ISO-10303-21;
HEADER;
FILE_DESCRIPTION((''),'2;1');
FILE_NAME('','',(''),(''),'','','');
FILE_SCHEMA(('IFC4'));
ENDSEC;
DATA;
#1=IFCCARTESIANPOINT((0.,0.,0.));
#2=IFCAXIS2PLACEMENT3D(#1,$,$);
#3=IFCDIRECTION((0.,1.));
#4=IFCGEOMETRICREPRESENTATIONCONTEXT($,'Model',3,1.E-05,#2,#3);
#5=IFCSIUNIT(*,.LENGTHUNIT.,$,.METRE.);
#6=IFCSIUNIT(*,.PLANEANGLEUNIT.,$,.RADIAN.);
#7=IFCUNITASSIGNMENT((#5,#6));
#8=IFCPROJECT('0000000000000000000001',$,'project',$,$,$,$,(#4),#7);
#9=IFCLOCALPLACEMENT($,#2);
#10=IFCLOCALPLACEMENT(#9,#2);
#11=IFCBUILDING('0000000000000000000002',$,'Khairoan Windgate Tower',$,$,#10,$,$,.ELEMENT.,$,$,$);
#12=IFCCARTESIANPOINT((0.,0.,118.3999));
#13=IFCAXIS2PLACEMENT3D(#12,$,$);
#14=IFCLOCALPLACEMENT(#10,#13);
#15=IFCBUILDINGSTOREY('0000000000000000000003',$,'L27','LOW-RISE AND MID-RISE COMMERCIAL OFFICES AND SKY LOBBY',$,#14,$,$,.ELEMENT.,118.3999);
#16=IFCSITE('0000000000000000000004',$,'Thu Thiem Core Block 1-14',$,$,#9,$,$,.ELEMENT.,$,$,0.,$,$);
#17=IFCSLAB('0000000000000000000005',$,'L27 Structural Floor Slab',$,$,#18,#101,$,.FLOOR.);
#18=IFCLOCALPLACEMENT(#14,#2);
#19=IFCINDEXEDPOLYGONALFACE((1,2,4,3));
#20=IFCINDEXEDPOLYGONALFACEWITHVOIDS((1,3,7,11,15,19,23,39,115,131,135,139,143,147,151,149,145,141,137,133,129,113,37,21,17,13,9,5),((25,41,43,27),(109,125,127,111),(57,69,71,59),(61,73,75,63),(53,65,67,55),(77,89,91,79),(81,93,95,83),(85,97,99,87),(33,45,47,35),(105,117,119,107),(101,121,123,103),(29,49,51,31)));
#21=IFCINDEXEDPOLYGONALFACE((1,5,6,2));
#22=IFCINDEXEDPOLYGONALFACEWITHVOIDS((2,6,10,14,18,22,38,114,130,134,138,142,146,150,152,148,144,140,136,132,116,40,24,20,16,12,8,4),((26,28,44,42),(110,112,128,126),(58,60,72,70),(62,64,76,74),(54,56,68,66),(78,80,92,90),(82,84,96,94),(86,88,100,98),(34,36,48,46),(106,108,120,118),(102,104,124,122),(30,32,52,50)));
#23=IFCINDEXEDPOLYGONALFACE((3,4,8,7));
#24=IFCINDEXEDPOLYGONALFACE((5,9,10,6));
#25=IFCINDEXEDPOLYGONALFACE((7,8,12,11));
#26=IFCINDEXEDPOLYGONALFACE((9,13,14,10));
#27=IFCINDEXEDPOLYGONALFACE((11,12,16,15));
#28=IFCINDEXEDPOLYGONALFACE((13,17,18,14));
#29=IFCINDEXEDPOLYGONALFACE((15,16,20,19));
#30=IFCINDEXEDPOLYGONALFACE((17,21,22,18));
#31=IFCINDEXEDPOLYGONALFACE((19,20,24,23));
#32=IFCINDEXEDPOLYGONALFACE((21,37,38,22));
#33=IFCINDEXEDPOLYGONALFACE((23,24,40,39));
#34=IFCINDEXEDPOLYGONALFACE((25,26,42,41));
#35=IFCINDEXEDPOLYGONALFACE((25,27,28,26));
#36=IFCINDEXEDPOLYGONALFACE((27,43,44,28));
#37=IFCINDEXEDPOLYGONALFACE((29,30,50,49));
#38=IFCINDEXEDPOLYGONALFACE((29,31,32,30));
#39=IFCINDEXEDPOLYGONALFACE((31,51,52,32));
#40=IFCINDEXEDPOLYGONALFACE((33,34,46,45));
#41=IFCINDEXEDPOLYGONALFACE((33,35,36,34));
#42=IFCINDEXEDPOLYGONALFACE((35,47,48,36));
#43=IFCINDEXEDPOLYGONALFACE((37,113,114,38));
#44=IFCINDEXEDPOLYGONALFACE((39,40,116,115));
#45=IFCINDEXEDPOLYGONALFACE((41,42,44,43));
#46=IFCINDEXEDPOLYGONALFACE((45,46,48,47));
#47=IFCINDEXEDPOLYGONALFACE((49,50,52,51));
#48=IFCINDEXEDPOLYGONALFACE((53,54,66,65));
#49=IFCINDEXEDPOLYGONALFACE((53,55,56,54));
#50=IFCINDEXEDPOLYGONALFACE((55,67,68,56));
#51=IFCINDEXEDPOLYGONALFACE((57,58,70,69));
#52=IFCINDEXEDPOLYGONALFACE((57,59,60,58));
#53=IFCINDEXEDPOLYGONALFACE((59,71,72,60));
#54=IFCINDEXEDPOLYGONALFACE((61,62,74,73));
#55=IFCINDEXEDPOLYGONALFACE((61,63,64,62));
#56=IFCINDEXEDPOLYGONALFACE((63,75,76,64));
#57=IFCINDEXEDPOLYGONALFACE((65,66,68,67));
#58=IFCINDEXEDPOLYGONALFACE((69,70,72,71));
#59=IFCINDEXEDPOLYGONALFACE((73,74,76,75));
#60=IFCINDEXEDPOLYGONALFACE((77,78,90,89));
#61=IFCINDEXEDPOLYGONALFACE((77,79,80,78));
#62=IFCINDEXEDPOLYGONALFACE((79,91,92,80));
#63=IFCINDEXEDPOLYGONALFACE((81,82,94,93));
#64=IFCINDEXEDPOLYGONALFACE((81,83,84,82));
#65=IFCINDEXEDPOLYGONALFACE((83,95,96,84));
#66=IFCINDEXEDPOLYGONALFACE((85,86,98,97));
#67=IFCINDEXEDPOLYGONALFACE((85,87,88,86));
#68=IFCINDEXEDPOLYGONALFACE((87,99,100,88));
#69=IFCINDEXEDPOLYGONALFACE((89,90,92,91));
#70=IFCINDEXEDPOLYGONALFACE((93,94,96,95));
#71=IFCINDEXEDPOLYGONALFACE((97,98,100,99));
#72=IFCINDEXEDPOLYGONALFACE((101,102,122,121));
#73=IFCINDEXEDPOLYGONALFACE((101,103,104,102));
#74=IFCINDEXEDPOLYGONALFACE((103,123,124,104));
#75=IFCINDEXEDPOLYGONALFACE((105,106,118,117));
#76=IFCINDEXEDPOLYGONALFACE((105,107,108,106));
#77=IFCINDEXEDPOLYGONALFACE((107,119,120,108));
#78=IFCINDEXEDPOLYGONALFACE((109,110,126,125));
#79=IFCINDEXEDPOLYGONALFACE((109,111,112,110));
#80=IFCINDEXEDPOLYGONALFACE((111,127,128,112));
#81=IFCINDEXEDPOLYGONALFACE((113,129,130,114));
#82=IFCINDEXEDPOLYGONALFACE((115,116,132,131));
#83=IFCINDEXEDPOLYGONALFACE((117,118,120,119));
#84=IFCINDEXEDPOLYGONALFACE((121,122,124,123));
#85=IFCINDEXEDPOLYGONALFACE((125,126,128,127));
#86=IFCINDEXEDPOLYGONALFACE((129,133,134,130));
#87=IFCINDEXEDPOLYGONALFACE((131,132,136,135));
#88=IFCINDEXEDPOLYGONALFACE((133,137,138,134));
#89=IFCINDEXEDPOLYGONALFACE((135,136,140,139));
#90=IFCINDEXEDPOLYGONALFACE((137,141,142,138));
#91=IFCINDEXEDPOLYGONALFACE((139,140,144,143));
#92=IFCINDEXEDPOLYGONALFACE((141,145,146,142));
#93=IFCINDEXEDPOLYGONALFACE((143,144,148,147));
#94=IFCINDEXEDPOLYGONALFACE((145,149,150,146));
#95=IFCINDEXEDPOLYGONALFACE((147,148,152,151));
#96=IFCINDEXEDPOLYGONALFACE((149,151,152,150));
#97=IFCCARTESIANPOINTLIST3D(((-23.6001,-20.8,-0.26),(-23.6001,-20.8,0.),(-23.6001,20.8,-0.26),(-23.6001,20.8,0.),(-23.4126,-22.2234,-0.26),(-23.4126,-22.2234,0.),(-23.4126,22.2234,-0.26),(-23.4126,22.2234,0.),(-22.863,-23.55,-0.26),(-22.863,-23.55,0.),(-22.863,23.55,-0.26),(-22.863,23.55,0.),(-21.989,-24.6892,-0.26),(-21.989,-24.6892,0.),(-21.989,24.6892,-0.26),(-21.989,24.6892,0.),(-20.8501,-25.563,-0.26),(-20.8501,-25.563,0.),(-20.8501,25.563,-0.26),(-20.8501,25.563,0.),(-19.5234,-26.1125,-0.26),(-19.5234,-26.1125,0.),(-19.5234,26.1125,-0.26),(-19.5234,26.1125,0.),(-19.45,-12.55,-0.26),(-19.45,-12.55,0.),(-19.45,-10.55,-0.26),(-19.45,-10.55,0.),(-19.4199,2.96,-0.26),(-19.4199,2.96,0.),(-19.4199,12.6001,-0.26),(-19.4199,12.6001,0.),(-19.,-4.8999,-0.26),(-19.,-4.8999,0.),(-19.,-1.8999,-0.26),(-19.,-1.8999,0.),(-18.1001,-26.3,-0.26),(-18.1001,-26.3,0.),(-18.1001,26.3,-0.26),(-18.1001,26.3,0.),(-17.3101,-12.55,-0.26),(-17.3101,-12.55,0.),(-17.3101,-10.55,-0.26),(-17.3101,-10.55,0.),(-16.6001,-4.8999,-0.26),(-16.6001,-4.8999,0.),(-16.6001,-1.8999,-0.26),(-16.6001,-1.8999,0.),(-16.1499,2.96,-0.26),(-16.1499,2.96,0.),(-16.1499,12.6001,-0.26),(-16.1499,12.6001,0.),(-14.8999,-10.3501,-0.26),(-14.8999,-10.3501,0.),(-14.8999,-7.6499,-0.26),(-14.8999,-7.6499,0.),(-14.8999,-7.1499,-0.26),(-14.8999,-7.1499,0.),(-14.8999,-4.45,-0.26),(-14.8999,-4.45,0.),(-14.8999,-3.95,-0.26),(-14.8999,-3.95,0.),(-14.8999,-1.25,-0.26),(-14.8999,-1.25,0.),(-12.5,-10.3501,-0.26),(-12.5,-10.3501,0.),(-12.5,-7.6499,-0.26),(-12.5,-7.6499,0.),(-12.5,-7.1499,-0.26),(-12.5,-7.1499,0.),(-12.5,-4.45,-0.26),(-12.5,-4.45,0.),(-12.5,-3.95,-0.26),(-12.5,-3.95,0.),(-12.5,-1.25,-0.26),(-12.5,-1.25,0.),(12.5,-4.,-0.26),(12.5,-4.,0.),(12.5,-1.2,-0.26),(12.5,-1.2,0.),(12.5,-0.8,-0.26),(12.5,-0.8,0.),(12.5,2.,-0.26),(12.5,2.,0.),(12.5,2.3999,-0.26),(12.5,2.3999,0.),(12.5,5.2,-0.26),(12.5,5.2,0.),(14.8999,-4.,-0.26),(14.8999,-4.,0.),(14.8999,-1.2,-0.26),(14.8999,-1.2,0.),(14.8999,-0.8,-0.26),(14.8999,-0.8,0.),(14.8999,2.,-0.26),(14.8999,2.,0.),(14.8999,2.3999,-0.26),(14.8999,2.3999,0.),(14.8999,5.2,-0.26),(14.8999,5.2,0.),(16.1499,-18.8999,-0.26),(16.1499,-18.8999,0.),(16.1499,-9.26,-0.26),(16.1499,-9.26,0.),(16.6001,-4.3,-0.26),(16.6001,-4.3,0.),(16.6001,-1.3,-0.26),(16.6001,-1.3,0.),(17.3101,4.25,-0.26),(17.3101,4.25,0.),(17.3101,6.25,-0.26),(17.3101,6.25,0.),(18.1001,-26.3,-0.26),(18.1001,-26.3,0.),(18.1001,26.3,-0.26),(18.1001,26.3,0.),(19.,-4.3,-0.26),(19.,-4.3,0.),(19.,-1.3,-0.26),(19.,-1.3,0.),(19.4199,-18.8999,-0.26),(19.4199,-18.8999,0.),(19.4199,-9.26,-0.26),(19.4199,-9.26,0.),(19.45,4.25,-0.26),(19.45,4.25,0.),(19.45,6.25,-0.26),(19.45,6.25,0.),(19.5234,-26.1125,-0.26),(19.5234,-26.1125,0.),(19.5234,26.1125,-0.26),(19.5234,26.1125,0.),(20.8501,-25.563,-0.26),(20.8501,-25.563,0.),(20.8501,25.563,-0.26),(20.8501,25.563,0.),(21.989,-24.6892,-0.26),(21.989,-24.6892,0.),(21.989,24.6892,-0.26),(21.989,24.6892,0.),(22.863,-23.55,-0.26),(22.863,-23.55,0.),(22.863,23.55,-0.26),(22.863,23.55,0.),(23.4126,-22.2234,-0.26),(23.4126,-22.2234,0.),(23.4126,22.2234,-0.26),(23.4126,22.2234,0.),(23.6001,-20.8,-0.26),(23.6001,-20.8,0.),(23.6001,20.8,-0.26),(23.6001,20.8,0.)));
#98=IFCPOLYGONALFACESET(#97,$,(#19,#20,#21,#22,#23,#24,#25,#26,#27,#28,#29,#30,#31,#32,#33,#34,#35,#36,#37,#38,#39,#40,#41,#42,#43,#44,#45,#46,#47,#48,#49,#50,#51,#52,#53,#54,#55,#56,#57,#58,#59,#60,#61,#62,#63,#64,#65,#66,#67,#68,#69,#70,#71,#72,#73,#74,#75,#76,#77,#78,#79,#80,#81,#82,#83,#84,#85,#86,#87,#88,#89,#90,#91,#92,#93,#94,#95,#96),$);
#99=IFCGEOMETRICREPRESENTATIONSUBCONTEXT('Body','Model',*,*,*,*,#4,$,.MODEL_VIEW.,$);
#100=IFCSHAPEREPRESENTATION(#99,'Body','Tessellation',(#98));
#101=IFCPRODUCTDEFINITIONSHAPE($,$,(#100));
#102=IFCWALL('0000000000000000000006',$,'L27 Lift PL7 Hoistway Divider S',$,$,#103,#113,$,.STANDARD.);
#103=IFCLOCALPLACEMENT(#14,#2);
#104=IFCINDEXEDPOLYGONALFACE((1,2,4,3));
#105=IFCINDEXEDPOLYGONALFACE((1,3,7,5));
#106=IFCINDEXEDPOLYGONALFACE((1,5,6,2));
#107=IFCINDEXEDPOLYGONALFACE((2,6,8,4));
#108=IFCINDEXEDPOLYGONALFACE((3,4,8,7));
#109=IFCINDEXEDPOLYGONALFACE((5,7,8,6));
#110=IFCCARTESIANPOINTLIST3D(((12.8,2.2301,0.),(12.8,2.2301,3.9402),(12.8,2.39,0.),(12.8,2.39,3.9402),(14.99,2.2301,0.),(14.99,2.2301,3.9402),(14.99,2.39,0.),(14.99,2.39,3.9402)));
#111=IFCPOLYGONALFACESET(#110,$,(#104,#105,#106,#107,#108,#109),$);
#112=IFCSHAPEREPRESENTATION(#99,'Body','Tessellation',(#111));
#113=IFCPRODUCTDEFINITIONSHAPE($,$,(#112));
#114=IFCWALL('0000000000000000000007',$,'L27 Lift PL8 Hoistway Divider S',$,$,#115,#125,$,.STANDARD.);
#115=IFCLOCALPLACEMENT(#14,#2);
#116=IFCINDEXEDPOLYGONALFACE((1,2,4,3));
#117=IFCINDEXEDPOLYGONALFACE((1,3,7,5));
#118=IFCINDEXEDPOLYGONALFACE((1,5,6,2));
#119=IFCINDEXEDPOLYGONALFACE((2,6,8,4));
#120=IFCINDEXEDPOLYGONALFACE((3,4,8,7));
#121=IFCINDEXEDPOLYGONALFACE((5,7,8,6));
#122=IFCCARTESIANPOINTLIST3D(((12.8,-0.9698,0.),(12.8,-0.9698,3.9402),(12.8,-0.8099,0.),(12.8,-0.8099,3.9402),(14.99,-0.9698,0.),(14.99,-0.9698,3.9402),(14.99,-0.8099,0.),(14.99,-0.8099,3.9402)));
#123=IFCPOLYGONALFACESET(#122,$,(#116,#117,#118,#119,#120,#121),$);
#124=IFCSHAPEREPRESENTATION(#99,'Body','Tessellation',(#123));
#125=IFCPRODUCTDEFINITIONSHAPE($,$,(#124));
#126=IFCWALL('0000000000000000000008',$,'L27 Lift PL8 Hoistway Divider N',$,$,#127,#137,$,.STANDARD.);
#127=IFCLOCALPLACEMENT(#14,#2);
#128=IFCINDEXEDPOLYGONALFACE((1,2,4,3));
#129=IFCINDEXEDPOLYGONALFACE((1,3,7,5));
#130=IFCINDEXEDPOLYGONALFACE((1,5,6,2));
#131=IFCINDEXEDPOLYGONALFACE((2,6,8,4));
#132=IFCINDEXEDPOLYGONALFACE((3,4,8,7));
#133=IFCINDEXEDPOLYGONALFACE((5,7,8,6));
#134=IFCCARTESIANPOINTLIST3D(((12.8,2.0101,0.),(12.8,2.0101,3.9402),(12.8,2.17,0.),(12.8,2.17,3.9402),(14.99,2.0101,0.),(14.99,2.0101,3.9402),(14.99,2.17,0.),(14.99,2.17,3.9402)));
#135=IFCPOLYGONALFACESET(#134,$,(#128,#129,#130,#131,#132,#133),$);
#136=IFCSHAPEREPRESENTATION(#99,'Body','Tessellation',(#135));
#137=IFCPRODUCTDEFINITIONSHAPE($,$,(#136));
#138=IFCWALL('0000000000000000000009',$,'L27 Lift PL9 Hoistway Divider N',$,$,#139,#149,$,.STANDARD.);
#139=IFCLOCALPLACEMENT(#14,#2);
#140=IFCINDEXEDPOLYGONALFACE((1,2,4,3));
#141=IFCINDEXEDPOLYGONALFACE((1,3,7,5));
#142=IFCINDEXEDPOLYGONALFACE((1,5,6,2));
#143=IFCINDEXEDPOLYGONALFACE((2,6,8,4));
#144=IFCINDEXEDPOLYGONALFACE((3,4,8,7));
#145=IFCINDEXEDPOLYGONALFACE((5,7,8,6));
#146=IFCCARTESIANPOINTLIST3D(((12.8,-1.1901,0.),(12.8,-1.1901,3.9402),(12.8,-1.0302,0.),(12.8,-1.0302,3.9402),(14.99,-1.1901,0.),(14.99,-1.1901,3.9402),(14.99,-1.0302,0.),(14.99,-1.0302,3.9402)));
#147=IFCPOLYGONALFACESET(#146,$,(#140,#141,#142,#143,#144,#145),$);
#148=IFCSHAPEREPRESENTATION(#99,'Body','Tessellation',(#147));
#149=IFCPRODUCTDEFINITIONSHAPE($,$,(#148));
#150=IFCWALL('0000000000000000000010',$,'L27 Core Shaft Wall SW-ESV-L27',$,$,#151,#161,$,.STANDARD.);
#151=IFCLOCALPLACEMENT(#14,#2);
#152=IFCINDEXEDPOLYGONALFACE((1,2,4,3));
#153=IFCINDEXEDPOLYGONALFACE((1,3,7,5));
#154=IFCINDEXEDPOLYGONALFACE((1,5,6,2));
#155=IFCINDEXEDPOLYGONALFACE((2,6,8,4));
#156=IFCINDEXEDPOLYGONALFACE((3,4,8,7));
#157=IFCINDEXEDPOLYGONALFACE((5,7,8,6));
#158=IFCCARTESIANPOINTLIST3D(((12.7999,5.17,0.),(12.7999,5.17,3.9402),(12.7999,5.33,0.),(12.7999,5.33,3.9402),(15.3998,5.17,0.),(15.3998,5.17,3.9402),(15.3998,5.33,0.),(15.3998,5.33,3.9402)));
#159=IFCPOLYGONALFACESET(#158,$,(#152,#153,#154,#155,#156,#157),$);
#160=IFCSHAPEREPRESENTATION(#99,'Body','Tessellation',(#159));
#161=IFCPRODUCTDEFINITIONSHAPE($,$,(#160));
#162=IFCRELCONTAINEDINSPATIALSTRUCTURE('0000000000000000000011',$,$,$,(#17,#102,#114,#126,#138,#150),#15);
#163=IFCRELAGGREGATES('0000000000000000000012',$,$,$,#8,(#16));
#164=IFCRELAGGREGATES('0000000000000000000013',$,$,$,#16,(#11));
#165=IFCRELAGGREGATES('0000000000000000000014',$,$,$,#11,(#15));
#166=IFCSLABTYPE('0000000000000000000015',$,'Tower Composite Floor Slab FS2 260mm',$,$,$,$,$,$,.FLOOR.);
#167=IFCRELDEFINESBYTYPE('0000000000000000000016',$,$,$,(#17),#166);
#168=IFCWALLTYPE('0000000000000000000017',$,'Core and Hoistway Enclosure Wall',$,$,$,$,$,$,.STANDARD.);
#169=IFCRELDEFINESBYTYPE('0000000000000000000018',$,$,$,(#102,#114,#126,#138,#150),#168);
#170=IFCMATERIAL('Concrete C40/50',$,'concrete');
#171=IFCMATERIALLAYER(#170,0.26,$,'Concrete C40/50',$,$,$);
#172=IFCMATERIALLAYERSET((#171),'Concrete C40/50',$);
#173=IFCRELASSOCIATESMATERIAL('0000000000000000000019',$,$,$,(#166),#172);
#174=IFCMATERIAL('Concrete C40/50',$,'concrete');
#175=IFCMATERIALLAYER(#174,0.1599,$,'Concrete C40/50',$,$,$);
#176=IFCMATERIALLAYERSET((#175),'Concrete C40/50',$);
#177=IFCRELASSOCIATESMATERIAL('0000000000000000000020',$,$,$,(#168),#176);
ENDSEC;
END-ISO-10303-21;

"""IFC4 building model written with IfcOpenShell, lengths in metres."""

from ifc_helpers import new_model, si_unit, direction, frame, frame_2d, origin, place, context, subcontext, project, spatial, polyline, rectangle, outline, extrude, material, layer, layer_set, type_object, element, save


model = new_model("IFC4")

# Units and contexts
model_context = context("Model", 3, precision=1e-05, world=origin(), true_north=direction((0.0, 1.0)))
body_context = subcontext(model_context, "Body", "Model", "MODEL_VIEW")
ifc_project = project(units=[si_unit("LENGTHUNIT", "METRE"), si_unit("PLANEANGLEUNIT", "RADIAN")], contexts=[model_context])

# Site, building, storey
site_placement = place(None, origin())
site = spatial("IfcSite", under=ifc_project, at=site_placement, Name="Thu Thiem Core Block 1-14", CompositionType="ELEMENT", RefElevation=0.0)
building_placement = place(site_placement, origin())
building = spatial("IfcBuilding", under=site, at=building_placement, Name="Khairoan Windgate Tower", CompositionType="ELEMENT")
storey_placement = place(building_placement, frame((0.0, 0.0, 118.3999)))
storey = spatial("IfcBuildingStorey", under=building, at=storey_placement, Name="L27", Description="LOW-RISE AND MID-RISE COMMERCIAL OFFICES AND SKY LOBBY", CompositionType="ELEMENT", Elevation=118.3999)

# Slab
ifc_material_1 = material(Name="Concrete C40/50", Category="concrete")
ifc_layer_1 = layer(ifc_material_1, 0.26, Name="Concrete C40/50")
ifc_layer_set_1 = layer_set([ifc_layer_1], Name="Concrete C40/50")
slab_type_1 = type_object("IfcSlabType", Name="Tower Composite Floor Slab FS2 260mm", PredefinedType="FLOOR", material=ifc_layer_set_1)
slab_1_placement = place(storey_placement, frame((0.0, 0.0, -0.26)))
element("IfcSlab", 1, at=slab_1_placement, inside=storey, type_object=slab_type_1, Name="L27 Structural Floor Slab", PredefinedType="FLOOR", context=body_context, shape_type="SweptSolid", body=[
    extrude(outline(polyline([(18.1001, -26.3), (19.5234, -26.1125), (20.8501, -25.563), (21.989, -24.6892), (22.863, -23.55), (23.4126, -22.2234), (23.6001, -20.8), (23.6001, 20.8), (23.4126, 22.2234), (22.863, 23.55), (21.989, 24.6892), (20.8501, 25.563), (19.5234, 26.1125), (18.1001, 26.3), (-18.1001, 26.3), (-19.5234, 26.1125), (-20.8501, 25.563), (-21.989, 24.6892), (-22.863, 23.55), (-23.4126, 22.2234), (-23.6001, 20.8), (-23.6001, -20.8), (-23.4126, -22.2234), (-22.863, -23.55), (-21.989, -24.6892), (-20.8501, -25.563), (-19.5234, -26.1125), (-18.1001, -26.3), (18.1001, -26.3)]), holes=[polyline([(16.1499, -9.26), (16.1499, -18.8999), (19.4199, -18.8999), (19.4199, -9.26), (16.1499, -9.26)]), polyline([(-16.1499, 2.96), (-16.1499, 12.6001), (-19.4199, 12.6001), (-19.4199, 2.96), (-16.1499, 2.96)]), polyline([(-14.8999, -3.95), (-12.5, -3.95), (-12.5, -1.25), (-14.8999, -1.25), (-14.8999, -3.95)]), polyline([(-14.8999, -7.1499), (-12.5, -7.1499), (-12.5, -4.45), (-14.8999, -4.45), (-14.8999, -7.1499)]), polyline([(-14.8999, -10.3501), (-12.5, -10.3501), (-12.5, -7.6499), (-14.8999, -7.6499), (-14.8999, -10.3501)]), polyline([(12.5, 2.3999), (14.8999, 2.3999), (14.8999, 5.2), (12.5, 5.2), (12.5, 2.3999)]), polyline([(12.5, -0.8), (14.8999, -0.8), (14.8999, 2.0), (12.5, 2.0), (12.5, -0.8)]), polyline([(12.5, -4.0), (14.8999, -4.0), (14.8999, -1.2), (12.5, -1.2), (12.5, -4.0)]), polyline([(16.6001, -4.3), (19.0, -4.3), (19.0, -1.3), (16.6001, -1.3), (16.6001, -4.3)]), polyline([(-19.0, -4.8999), (-16.6001, -4.8999), (-16.6001, -1.8999), (-19.0, -1.8999), (-19.0, -4.8999)]), polyline([(-19.45, -12.55), (-17.3101, -12.55), (-17.3101, -10.55), (-19.45, -10.55), (-19.45, -12.55)]), polyline([(17.3101, 4.25), (19.45, 4.25), (19.45, 6.25), (17.3101, 6.25), (17.3101, 4.25)])]), origin(), (0.0, 0.0, 1.0), 0.26),
])

# Walls
ifc_material_2 = material(Name="Concrete C40/50", Category="concrete")
ifc_layer_2 = layer(ifc_material_2, 0.1599, Name="Concrete C40/50")
ifc_layer_set_2 = layer_set([ifc_layer_2], Name="Concrete C40/50")
wall_type_1 = type_object("IfcWallType", Name="Core and Hoistway Enclosure Wall", PredefinedType="STANDARD", material=ifc_layer_set_2)
for number, where, z_axis, x_axis, name in (
    (2, (12.8, 2.3101, 0.0), (0.0, 0.0, 1.0), (1.0, 0.0, 0.0), "L27 Lift PL7 Hoistway Divider S"),
    (3, (12.8, -0.8899, 0.0), (0.0, 0.0, 1.0), (1.0, 0.0, 0.0), "L27 Lift PL8 Hoistway Divider S"),
    (4, (12.8, 2.0901, 0.0), (0.0, 0.0, 1.0), (1.0, 0.0, 0.0), "L27 Lift PL8 Hoistway Divider N"),
    (5, (12.8, -1.1101, 0.0), (0.0, 0.0, 1.0), (1.0, 0.0, 0.0), "L27 Lift PL9 Hoistway Divider N"),
):
    element("IfcWall", number, at=place(storey_placement, frame(where, z_axis=z_axis, x_axis=x_axis)), inside=storey, type_object=wall_type_1, Name=name, PredefinedType="STANDARD", context=body_context, shape_type="SweptSolid", body=[
        extrude(rectangle(XDim=2.1899, YDim=0.1599, at=frame_2d((1.095, 0.0))), origin(), (0.0, 0.0, 1.0), 3.9402),
    ])
wall_1_placement = place(storey_placement, frame((12.8, 5.25, 0.0), z_axis=(0.0, 0.0, 1.0), x_axis=(1.0, 0.0, 0.0)))
element("IfcWall", 6, at=wall_1_placement, inside=storey, type_object=wall_type_1, Name="L27 Core Shaft Wall SW-ESV-L27", PredefinedType="STANDARD", context=body_context, shape_type="SweptSolid", body=[
    extrude(rectangle(XDim=2.5999, YDim=0.1599, at=frame_2d((1.2998, 0.0))), origin(), (0.0, 0.0, 1.0), 3.9402),
])

save(model, "model.ifc")
